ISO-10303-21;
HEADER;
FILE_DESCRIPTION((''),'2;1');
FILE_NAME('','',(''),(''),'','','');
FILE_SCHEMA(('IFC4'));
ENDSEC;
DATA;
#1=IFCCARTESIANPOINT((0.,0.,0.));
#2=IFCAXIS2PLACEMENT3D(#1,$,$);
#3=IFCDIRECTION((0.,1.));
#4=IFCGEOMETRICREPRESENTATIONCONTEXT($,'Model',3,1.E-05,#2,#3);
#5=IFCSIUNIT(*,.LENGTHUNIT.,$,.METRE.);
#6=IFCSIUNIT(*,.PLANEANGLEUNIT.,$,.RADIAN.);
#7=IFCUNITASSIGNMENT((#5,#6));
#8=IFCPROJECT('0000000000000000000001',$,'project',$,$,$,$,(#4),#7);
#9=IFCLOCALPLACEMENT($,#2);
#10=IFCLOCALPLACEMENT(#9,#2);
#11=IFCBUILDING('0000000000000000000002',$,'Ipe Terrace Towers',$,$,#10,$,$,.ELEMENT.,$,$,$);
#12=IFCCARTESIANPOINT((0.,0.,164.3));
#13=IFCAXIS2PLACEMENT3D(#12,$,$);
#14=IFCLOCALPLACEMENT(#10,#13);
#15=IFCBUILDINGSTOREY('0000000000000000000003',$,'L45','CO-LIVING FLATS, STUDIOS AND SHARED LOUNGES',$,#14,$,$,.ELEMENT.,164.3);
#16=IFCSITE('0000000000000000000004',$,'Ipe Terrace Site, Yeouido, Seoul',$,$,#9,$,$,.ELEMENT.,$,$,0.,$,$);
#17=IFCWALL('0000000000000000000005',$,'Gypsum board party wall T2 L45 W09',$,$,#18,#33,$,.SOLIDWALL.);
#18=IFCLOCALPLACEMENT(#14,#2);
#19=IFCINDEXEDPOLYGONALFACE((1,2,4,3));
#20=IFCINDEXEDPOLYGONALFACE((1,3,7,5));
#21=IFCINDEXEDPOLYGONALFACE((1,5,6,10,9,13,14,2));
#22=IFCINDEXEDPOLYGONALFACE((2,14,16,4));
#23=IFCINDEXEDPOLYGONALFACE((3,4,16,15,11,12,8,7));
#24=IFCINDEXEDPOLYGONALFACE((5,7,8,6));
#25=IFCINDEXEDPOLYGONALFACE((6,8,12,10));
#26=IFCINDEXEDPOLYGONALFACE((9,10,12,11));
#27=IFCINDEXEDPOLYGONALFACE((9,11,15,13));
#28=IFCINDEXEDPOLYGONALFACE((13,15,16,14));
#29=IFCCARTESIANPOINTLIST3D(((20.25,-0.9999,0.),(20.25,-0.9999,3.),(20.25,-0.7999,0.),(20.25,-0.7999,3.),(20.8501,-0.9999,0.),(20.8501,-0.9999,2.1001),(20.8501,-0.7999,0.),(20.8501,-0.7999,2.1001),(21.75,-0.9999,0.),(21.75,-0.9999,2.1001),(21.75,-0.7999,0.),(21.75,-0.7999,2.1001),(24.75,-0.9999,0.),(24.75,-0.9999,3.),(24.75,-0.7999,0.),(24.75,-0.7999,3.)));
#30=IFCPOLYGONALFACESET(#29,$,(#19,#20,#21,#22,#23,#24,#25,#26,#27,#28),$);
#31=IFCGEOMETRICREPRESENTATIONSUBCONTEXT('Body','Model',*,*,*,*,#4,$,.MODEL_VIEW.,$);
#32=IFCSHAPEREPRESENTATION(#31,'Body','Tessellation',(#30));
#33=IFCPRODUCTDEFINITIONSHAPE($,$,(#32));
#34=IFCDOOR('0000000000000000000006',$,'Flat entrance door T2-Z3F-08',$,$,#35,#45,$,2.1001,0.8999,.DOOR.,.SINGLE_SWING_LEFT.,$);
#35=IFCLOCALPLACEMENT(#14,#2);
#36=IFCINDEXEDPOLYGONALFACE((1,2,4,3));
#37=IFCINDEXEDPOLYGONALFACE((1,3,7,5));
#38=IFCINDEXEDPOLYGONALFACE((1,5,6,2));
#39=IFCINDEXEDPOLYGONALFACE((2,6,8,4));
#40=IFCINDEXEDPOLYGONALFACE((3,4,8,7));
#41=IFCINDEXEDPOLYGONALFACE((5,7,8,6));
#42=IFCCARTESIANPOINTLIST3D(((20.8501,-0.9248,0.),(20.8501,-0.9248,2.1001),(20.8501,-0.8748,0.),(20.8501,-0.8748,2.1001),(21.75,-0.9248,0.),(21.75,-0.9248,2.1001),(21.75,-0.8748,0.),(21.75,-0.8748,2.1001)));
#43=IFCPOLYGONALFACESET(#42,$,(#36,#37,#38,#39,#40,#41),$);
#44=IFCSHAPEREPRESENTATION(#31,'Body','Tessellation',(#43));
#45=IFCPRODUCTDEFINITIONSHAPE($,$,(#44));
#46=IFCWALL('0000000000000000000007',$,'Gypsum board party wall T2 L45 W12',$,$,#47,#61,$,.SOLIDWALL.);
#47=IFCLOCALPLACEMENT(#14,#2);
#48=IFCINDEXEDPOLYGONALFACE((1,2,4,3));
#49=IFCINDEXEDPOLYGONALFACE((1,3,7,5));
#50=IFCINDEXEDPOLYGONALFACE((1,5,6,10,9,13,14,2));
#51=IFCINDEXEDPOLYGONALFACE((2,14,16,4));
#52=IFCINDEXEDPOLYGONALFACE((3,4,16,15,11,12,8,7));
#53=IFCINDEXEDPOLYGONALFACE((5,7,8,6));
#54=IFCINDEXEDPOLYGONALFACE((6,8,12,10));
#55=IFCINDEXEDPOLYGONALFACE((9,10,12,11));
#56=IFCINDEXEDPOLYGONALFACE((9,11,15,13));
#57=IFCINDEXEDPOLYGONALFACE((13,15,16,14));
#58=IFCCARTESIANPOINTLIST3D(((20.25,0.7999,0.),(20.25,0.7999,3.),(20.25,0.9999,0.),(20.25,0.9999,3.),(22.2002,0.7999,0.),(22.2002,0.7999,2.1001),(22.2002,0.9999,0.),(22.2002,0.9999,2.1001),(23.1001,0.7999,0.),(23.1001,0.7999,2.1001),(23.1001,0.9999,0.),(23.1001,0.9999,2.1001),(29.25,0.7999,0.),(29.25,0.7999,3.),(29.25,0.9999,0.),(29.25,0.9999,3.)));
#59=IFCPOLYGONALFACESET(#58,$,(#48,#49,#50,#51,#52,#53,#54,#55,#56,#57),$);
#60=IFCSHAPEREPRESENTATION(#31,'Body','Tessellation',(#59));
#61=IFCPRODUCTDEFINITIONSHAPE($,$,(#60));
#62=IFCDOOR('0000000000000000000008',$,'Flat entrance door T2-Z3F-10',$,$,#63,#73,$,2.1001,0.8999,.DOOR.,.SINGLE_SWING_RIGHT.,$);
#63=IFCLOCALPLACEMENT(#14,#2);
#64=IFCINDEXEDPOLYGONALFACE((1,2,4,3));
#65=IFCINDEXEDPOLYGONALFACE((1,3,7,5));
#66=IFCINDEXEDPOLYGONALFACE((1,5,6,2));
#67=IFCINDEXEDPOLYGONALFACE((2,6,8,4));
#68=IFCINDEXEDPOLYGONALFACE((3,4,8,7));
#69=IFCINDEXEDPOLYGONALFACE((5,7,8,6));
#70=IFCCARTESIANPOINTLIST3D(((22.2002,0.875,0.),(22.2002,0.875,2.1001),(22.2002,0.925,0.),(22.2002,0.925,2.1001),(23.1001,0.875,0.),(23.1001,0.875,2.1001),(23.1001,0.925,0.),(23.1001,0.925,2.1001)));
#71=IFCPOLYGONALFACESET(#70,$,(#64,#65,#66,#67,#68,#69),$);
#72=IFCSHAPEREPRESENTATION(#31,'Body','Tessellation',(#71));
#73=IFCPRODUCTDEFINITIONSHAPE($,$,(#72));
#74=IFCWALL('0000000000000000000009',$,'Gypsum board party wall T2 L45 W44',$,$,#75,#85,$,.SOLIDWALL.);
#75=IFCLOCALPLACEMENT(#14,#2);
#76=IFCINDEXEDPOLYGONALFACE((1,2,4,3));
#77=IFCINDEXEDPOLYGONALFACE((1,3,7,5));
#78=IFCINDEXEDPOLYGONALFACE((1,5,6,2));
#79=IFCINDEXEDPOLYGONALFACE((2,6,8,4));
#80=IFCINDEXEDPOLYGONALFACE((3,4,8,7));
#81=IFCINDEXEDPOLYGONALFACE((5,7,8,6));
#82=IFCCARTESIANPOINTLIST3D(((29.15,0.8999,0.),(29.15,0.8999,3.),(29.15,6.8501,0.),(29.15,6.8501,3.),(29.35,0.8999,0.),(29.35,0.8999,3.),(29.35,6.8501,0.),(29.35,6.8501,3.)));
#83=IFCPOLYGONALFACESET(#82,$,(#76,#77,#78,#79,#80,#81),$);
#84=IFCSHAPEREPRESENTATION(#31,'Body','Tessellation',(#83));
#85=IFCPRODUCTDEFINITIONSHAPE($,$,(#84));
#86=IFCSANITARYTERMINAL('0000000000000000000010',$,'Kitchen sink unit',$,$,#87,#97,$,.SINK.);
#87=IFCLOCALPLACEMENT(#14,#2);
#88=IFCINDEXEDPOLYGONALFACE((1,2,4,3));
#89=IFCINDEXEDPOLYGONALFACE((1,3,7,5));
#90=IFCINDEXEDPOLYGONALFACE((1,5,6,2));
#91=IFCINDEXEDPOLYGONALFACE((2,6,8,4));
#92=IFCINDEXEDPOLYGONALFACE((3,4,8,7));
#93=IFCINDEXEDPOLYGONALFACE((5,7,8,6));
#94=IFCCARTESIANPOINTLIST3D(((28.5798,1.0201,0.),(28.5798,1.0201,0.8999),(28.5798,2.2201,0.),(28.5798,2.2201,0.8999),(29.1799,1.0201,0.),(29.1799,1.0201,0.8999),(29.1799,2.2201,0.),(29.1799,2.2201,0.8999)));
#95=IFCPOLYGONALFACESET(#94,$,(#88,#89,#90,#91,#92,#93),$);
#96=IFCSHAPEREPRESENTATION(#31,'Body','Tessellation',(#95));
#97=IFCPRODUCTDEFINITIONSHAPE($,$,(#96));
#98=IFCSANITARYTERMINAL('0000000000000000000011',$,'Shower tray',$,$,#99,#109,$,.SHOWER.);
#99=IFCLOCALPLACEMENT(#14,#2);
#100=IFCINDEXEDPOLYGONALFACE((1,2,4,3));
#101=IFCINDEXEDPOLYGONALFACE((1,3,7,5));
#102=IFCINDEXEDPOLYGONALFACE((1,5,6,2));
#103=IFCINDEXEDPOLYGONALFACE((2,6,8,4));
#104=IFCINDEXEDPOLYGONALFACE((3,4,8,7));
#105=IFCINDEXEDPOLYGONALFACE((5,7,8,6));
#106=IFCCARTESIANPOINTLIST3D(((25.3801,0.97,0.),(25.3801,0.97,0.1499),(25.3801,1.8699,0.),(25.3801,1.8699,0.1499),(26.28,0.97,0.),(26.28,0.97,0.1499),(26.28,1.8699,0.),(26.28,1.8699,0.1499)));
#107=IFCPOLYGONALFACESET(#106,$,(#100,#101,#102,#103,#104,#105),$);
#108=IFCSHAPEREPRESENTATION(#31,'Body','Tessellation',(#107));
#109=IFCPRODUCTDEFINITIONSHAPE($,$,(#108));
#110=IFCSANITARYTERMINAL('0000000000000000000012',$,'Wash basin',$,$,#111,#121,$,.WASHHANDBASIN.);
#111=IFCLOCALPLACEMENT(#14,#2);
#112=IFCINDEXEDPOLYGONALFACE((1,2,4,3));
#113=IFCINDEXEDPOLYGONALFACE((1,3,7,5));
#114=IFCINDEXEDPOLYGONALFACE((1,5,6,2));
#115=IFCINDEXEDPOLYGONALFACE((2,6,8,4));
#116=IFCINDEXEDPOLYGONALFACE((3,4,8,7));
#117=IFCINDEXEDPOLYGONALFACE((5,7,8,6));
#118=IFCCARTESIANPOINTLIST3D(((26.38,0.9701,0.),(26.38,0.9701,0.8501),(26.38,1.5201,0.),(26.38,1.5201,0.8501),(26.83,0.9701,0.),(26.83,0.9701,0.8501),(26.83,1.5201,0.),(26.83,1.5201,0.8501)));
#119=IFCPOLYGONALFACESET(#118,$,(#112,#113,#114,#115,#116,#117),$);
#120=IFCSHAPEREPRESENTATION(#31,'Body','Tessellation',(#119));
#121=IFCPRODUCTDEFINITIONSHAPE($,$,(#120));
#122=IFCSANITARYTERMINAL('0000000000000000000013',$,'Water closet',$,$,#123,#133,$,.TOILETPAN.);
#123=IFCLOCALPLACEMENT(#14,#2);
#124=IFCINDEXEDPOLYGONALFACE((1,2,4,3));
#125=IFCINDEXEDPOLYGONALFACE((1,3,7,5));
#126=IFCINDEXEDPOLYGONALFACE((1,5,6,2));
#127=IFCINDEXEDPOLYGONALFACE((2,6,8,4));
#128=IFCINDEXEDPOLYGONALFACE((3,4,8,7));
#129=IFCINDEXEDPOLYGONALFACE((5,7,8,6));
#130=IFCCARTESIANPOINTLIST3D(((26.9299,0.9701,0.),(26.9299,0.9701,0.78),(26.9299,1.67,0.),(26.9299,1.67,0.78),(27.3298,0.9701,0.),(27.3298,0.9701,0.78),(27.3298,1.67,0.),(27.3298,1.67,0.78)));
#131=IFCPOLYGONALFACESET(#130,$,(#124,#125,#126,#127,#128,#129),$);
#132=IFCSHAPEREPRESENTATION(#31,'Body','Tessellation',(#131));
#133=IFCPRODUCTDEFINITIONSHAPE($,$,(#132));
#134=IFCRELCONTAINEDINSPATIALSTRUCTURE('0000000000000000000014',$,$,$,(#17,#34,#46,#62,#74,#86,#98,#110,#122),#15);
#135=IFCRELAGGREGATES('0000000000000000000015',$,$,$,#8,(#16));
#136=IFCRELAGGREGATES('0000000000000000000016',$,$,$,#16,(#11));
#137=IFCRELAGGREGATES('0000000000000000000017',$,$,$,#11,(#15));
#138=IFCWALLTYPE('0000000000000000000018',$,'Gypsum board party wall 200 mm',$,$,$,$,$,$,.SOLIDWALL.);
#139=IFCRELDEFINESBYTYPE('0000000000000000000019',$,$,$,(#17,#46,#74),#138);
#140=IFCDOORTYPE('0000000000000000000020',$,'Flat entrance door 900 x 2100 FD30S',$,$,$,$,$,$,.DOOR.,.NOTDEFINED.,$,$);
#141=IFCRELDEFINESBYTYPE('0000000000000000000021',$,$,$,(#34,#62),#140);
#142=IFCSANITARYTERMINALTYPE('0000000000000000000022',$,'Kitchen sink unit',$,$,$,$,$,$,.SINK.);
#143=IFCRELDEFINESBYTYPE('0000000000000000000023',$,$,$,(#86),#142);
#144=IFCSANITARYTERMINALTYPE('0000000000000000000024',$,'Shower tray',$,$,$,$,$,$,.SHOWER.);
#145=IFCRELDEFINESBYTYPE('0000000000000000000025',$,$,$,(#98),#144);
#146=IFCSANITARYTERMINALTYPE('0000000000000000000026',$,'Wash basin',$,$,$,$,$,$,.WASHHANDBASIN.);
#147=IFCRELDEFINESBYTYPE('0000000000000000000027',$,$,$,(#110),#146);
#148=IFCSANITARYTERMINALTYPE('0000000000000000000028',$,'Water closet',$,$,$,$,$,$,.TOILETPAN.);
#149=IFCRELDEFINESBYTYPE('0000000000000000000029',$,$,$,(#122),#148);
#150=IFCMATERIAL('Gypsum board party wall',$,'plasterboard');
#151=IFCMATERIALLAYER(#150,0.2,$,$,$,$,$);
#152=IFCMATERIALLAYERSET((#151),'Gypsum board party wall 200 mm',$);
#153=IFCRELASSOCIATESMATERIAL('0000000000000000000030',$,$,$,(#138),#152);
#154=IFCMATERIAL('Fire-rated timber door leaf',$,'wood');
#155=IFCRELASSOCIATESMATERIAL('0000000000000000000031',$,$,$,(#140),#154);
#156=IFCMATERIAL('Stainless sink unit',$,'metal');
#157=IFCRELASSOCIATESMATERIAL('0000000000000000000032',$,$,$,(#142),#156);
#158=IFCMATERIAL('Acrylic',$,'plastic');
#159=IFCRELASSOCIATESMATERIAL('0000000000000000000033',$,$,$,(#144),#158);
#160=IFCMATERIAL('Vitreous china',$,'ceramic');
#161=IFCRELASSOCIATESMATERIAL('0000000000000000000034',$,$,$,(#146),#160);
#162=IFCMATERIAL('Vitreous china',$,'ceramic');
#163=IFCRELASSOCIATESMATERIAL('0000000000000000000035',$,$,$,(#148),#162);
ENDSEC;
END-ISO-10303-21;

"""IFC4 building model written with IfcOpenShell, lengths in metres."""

from ifc_helpers import new_model, si_unit, direction, frame, frame_2d, origin, origin_2d, place, context, subcontext, project, spatial, rectangle, extrude, material, layer, layer_set, type_object, element, fill, save


model = new_model("IFC4")

# Units and contexts
model_context = context("Model", 3, precision=1e-05, world=origin(), true_north=direction((0.0, 1.0)))
body_context = subcontext(model_context, "Body", "Model", "MODEL_VIEW")
ifc_project = project(units=[si_unit("LENGTHUNIT", "METRE"), si_unit("PLANEANGLEUNIT", "RADIAN")], contexts=[model_context])

# Site, building, storey
site_placement = place(None, origin())
site = spatial("IfcSite", under=ifc_project, at=site_placement, Name="Ipe Terrace Site, Yeouido, Seoul", CompositionType="ELEMENT", RefElevation=0.0)
building_placement = place(site_placement, origin())
building = spatial("IfcBuilding", under=site, at=building_placement, Name="Ipe Terrace Towers", CompositionType="ELEMENT")
storey_placement = place(building_placement, frame((0.0, 0.0, 164.3)))
storey = spatial("IfcBuildingStorey", under=building, at=storey_placement, Name="L45", Description="CO-LIVING FLATS, STUDIOS AND SHARED LOUNGES", CompositionType="ELEMENT", Elevation=164.3)

# Walls, openings, doors
ifc_material_1 = material(Name="Gypsum board party wall", Category="plasterboard")
ifc_layer_1 = layer(ifc_material_1, 0.2)
ifc_layer_set_1 = layer_set([ifc_layer_1], Name="Gypsum board party wall 200 mm")
wall_type_1 = type_object("IfcWallType", Name="Gypsum board party wall 200 mm", PredefinedType="SOLIDWALL", material=ifc_layer_set_1)
wall_1_placement = place(storey_placement, frame((24.75, -0.8999, 0.0), z_axis=(0.0, 0.0, 1.0), x_axis=(-1.0, 0.0, 0.0)))
wall_1 = element("IfcWall", 1, at=wall_1_placement, inside=storey, type_object=wall_type_1, Name="Gypsum board party wall T2 L45 W09", PredefinedType="SOLIDWALL", context=body_context, shape_type="SweptSolid", body=[
    extrude(rectangle(XDim=4.5, YDim=0.2, at=frame_2d((2.25, 0.0))), origin(), (0.0, 0.0, 1.0), 3.0),
])
opening_1_placement = place(wall_1_placement, frame((3.0, 0.0, 0.0)))
opening_1 = element("IfcOpeningElement", 2, at=opening_1_placement, cuts=wall_1, PredefinedType="OPENING", context=body_context, shape_type="SweptSolid", body=[
    extrude(rectangle(XDim=0.8999, YDim=2.1001, at=frame_2d((0.45, 1.05))), frame((0.0, 0.1099, 0.0), z_axis=(0.0, -1.0, 0.0), x_axis=(1.0, 0.0, 0.0)), (0.0, 0.0, 1.0), 0.22),
])
ifc_material_2 = material(Name="Fire-rated timber door leaf", Category="wood")
door_type_1 = type_object("IfcDoorType", Name="Flat entrance door 900 x 2100 FD30S", OperationType="NOTDEFINED", PredefinedType="DOOR", material=ifc_material_2)
door_1_placement = place(opening_1_placement, origin())
door_1 = element("IfcDoor", 3, at=door_1_placement, inside=storey, type_object=door_type_1, Name="Flat entrance door T2-Z3F-08", OperationType="SINGLE_SWING_LEFT", OverallHeight=2.1001, OverallWidth=0.8999, PredefinedType="DOOR", context=body_context, shape_type="SweptSolid", body=[
    extrude(rectangle(XDim=0.8999, YDim=2.1001, at=frame_2d((0.45, 1.05))), frame((0.0, 0.0249, 0.0), z_axis=(0.0, -1.0, 0.0), x_axis=(1.0, 0.0, 0.0)), (0.0, 0.0, 1.0), 0.05),
])
fill(opening_1, door_1)
wall_2_placement = place(storey_placement, frame((29.25, 0.8999, 0.0), z_axis=(0.0, 0.0, 1.0), x_axis=(-1.0, 0.0, 0.0)))
wall_2 = element("IfcWall", 4, at=wall_2_placement, inside=storey, type_object=wall_type_1, Name="Gypsum board party wall T2 L45 W12", PredefinedType="SOLIDWALL", context=body_context, shape_type="SweptSolid", body=[
    extrude(rectangle(XDim=9.0, YDim=0.2, at=frame_2d((4.5, 0.0))), origin(), (0.0, 0.0, 1.0), 3.0),
])
opening_2_placement = place(wall_2_placement, frame((6.1499, 0.0, 0.0)))
opening_2 = element("IfcOpeningElement", 5, at=opening_2_placement, cuts=wall_2, PredefinedType="OPENING", context=body_context, shape_type="SweptSolid", body=[
    extrude(rectangle(XDim=0.8999, YDim=2.1001, at=frame_2d((0.45, 1.05))), frame((0.0, 0.1099, 0.0), z_axis=(0.0, -1.0, 0.0), x_axis=(1.0, 0.0, 0.0)), (0.0, 0.0, 1.0), 0.22),
])
door_2_placement = place(opening_2_placement, origin())
door_2 = element("IfcDoor", 6, at=door_2_placement, inside=storey, type_object=door_type_1, Name="Flat entrance door T2-Z3F-10", OperationType="SINGLE_SWING_RIGHT", OverallHeight=2.1001, OverallWidth=0.8999, PredefinedType="DOOR", context=body_context, shape_type="SweptSolid", body=[
    extrude(rectangle(XDim=0.8999, YDim=2.1001, at=frame_2d((0.45, 1.05))), frame((0.0, 0.0249, 0.0), z_axis=(0.0, -1.0, 0.0), x_axis=(1.0, 0.0, 0.0)), (0.0, 0.0, 1.0), 0.05),
])
fill(opening_2, door_2)

# Wall
wall_3_placement = place(storey_placement, frame((29.25, 0.8999, 0.0), z_axis=(0.0, 0.0, 1.0), x_axis=(0.0, 1.0, 0.0)))
element("IfcWall", 7, at=wall_3_placement, inside=storey, type_object=wall_type_1, Name="Gypsum board party wall T2 L45 W44", PredefinedType="SOLIDWALL", context=body_context, shape_type="SweptSolid", body=[
    extrude(rectangle(XDim=5.9502, YDim=0.2, at=frame_2d((2.9751, 0.0))), origin(), (0.0, 0.0, 1.0), 3.0),
])

# Sanitary terminals
ifc_material_3 = material(Name="Stainless sink unit", Category="metal")
sanitary_terminal_type_1 = type_object("IfcSanitaryTerminalType", Name="Kitchen sink unit", PredefinedType="SINK", material=ifc_material_3)
sanitary_terminal_1_placement = place(storey_placement, frame((28.8799, 1.6201, 0.0), z_axis=(0.0, 0.0, 1.0), x_axis=(0.0, -1.0, 0.0)))
element("IfcSanitaryTerminal", 8, at=sanitary_terminal_1_placement, inside=storey, type_object=sanitary_terminal_type_1, Name="Kitchen sink unit", PredefinedType="SINK", context=body_context, shape_type="SweptSolid", body=[
    extrude(rectangle(XDim=1.2, YDim=0.6001, at=origin_2d()), origin(), (0.0, 0.0, 1.0), 0.8999),
])
ifc_material_4 = material(Name="Acrylic", Category="plastic")
sanitary_terminal_type_2 = type_object("IfcSanitaryTerminalType", Name="Shower tray", PredefinedType="SHOWER", material=ifc_material_4)
sanitary_terminal_2_placement = place(storey_placement, frame((25.8301, 1.4199, 0.0), z_axis=(0.0, 0.0, 1.0), x_axis=(0.0, 1.0, 0.0)))
element("IfcSanitaryTerminal", 9, at=sanitary_terminal_2_placement, inside=storey, type_object=sanitary_terminal_type_2, Name="Shower tray", PredefinedType="SHOWER", context=body_context, shape_type="SweptSolid", body=[
    extrude(rectangle(XDim=0.8999, YDim=0.8999, at=origin_2d()), origin(), (0.0, 0.0, 1.0), 0.1499),
])
ifc_material_5 = material(Name="Vitreous china", Category="ceramic")
sanitary_terminal_type_3 = type_object("IfcSanitaryTerminalType", Name="Wash basin", PredefinedType="WASHHANDBASIN", material=ifc_material_5)
sanitary_terminal_3_placement = place(storey_placement, frame((26.605, 1.2451, 0.0), z_axis=(0.0, 0.0, 1.0), x_axis=(0.0, 1.0, 0.0)))
element("IfcSanitaryTerminal", 10, at=sanitary_terminal_3_placement, inside=storey, type_object=sanitary_terminal_type_3, Name="Wash basin", PredefinedType="WASHHANDBASIN", context=body_context, shape_type="SweptSolid", body=[
    extrude(rectangle(XDim=0.55, YDim=0.45, at=origin_2d()), origin(), (0.0, 0.0, 1.0), 0.8501),
])
ifc_material_6 = material(Name="Vitreous china", Category="ceramic")
sanitary_terminal_type_4 = type_object("IfcSanitaryTerminalType", Name="Water closet", PredefinedType="TOILETPAN", material=ifc_material_6)
sanitary_terminal_4_placement = place(storey_placement, frame((27.1299, 1.3201, 0.0), z_axis=(0.0, 0.0, 1.0), x_axis=(0.0, 1.0, 0.0)))
element("IfcSanitaryTerminal", 11, at=sanitary_terminal_4_placement, inside=storey, type_object=sanitary_terminal_type_4, Name="Water closet", PredefinedType="TOILETPAN", context=body_context, shape_type="SweptSolid", body=[
    extrude(rectangle(XDim=0.7, YDim=0.3999, at=origin_2d()), origin(), (0.0, 0.0, 1.0), 0.78),
])

save(model, "model.ifc")
